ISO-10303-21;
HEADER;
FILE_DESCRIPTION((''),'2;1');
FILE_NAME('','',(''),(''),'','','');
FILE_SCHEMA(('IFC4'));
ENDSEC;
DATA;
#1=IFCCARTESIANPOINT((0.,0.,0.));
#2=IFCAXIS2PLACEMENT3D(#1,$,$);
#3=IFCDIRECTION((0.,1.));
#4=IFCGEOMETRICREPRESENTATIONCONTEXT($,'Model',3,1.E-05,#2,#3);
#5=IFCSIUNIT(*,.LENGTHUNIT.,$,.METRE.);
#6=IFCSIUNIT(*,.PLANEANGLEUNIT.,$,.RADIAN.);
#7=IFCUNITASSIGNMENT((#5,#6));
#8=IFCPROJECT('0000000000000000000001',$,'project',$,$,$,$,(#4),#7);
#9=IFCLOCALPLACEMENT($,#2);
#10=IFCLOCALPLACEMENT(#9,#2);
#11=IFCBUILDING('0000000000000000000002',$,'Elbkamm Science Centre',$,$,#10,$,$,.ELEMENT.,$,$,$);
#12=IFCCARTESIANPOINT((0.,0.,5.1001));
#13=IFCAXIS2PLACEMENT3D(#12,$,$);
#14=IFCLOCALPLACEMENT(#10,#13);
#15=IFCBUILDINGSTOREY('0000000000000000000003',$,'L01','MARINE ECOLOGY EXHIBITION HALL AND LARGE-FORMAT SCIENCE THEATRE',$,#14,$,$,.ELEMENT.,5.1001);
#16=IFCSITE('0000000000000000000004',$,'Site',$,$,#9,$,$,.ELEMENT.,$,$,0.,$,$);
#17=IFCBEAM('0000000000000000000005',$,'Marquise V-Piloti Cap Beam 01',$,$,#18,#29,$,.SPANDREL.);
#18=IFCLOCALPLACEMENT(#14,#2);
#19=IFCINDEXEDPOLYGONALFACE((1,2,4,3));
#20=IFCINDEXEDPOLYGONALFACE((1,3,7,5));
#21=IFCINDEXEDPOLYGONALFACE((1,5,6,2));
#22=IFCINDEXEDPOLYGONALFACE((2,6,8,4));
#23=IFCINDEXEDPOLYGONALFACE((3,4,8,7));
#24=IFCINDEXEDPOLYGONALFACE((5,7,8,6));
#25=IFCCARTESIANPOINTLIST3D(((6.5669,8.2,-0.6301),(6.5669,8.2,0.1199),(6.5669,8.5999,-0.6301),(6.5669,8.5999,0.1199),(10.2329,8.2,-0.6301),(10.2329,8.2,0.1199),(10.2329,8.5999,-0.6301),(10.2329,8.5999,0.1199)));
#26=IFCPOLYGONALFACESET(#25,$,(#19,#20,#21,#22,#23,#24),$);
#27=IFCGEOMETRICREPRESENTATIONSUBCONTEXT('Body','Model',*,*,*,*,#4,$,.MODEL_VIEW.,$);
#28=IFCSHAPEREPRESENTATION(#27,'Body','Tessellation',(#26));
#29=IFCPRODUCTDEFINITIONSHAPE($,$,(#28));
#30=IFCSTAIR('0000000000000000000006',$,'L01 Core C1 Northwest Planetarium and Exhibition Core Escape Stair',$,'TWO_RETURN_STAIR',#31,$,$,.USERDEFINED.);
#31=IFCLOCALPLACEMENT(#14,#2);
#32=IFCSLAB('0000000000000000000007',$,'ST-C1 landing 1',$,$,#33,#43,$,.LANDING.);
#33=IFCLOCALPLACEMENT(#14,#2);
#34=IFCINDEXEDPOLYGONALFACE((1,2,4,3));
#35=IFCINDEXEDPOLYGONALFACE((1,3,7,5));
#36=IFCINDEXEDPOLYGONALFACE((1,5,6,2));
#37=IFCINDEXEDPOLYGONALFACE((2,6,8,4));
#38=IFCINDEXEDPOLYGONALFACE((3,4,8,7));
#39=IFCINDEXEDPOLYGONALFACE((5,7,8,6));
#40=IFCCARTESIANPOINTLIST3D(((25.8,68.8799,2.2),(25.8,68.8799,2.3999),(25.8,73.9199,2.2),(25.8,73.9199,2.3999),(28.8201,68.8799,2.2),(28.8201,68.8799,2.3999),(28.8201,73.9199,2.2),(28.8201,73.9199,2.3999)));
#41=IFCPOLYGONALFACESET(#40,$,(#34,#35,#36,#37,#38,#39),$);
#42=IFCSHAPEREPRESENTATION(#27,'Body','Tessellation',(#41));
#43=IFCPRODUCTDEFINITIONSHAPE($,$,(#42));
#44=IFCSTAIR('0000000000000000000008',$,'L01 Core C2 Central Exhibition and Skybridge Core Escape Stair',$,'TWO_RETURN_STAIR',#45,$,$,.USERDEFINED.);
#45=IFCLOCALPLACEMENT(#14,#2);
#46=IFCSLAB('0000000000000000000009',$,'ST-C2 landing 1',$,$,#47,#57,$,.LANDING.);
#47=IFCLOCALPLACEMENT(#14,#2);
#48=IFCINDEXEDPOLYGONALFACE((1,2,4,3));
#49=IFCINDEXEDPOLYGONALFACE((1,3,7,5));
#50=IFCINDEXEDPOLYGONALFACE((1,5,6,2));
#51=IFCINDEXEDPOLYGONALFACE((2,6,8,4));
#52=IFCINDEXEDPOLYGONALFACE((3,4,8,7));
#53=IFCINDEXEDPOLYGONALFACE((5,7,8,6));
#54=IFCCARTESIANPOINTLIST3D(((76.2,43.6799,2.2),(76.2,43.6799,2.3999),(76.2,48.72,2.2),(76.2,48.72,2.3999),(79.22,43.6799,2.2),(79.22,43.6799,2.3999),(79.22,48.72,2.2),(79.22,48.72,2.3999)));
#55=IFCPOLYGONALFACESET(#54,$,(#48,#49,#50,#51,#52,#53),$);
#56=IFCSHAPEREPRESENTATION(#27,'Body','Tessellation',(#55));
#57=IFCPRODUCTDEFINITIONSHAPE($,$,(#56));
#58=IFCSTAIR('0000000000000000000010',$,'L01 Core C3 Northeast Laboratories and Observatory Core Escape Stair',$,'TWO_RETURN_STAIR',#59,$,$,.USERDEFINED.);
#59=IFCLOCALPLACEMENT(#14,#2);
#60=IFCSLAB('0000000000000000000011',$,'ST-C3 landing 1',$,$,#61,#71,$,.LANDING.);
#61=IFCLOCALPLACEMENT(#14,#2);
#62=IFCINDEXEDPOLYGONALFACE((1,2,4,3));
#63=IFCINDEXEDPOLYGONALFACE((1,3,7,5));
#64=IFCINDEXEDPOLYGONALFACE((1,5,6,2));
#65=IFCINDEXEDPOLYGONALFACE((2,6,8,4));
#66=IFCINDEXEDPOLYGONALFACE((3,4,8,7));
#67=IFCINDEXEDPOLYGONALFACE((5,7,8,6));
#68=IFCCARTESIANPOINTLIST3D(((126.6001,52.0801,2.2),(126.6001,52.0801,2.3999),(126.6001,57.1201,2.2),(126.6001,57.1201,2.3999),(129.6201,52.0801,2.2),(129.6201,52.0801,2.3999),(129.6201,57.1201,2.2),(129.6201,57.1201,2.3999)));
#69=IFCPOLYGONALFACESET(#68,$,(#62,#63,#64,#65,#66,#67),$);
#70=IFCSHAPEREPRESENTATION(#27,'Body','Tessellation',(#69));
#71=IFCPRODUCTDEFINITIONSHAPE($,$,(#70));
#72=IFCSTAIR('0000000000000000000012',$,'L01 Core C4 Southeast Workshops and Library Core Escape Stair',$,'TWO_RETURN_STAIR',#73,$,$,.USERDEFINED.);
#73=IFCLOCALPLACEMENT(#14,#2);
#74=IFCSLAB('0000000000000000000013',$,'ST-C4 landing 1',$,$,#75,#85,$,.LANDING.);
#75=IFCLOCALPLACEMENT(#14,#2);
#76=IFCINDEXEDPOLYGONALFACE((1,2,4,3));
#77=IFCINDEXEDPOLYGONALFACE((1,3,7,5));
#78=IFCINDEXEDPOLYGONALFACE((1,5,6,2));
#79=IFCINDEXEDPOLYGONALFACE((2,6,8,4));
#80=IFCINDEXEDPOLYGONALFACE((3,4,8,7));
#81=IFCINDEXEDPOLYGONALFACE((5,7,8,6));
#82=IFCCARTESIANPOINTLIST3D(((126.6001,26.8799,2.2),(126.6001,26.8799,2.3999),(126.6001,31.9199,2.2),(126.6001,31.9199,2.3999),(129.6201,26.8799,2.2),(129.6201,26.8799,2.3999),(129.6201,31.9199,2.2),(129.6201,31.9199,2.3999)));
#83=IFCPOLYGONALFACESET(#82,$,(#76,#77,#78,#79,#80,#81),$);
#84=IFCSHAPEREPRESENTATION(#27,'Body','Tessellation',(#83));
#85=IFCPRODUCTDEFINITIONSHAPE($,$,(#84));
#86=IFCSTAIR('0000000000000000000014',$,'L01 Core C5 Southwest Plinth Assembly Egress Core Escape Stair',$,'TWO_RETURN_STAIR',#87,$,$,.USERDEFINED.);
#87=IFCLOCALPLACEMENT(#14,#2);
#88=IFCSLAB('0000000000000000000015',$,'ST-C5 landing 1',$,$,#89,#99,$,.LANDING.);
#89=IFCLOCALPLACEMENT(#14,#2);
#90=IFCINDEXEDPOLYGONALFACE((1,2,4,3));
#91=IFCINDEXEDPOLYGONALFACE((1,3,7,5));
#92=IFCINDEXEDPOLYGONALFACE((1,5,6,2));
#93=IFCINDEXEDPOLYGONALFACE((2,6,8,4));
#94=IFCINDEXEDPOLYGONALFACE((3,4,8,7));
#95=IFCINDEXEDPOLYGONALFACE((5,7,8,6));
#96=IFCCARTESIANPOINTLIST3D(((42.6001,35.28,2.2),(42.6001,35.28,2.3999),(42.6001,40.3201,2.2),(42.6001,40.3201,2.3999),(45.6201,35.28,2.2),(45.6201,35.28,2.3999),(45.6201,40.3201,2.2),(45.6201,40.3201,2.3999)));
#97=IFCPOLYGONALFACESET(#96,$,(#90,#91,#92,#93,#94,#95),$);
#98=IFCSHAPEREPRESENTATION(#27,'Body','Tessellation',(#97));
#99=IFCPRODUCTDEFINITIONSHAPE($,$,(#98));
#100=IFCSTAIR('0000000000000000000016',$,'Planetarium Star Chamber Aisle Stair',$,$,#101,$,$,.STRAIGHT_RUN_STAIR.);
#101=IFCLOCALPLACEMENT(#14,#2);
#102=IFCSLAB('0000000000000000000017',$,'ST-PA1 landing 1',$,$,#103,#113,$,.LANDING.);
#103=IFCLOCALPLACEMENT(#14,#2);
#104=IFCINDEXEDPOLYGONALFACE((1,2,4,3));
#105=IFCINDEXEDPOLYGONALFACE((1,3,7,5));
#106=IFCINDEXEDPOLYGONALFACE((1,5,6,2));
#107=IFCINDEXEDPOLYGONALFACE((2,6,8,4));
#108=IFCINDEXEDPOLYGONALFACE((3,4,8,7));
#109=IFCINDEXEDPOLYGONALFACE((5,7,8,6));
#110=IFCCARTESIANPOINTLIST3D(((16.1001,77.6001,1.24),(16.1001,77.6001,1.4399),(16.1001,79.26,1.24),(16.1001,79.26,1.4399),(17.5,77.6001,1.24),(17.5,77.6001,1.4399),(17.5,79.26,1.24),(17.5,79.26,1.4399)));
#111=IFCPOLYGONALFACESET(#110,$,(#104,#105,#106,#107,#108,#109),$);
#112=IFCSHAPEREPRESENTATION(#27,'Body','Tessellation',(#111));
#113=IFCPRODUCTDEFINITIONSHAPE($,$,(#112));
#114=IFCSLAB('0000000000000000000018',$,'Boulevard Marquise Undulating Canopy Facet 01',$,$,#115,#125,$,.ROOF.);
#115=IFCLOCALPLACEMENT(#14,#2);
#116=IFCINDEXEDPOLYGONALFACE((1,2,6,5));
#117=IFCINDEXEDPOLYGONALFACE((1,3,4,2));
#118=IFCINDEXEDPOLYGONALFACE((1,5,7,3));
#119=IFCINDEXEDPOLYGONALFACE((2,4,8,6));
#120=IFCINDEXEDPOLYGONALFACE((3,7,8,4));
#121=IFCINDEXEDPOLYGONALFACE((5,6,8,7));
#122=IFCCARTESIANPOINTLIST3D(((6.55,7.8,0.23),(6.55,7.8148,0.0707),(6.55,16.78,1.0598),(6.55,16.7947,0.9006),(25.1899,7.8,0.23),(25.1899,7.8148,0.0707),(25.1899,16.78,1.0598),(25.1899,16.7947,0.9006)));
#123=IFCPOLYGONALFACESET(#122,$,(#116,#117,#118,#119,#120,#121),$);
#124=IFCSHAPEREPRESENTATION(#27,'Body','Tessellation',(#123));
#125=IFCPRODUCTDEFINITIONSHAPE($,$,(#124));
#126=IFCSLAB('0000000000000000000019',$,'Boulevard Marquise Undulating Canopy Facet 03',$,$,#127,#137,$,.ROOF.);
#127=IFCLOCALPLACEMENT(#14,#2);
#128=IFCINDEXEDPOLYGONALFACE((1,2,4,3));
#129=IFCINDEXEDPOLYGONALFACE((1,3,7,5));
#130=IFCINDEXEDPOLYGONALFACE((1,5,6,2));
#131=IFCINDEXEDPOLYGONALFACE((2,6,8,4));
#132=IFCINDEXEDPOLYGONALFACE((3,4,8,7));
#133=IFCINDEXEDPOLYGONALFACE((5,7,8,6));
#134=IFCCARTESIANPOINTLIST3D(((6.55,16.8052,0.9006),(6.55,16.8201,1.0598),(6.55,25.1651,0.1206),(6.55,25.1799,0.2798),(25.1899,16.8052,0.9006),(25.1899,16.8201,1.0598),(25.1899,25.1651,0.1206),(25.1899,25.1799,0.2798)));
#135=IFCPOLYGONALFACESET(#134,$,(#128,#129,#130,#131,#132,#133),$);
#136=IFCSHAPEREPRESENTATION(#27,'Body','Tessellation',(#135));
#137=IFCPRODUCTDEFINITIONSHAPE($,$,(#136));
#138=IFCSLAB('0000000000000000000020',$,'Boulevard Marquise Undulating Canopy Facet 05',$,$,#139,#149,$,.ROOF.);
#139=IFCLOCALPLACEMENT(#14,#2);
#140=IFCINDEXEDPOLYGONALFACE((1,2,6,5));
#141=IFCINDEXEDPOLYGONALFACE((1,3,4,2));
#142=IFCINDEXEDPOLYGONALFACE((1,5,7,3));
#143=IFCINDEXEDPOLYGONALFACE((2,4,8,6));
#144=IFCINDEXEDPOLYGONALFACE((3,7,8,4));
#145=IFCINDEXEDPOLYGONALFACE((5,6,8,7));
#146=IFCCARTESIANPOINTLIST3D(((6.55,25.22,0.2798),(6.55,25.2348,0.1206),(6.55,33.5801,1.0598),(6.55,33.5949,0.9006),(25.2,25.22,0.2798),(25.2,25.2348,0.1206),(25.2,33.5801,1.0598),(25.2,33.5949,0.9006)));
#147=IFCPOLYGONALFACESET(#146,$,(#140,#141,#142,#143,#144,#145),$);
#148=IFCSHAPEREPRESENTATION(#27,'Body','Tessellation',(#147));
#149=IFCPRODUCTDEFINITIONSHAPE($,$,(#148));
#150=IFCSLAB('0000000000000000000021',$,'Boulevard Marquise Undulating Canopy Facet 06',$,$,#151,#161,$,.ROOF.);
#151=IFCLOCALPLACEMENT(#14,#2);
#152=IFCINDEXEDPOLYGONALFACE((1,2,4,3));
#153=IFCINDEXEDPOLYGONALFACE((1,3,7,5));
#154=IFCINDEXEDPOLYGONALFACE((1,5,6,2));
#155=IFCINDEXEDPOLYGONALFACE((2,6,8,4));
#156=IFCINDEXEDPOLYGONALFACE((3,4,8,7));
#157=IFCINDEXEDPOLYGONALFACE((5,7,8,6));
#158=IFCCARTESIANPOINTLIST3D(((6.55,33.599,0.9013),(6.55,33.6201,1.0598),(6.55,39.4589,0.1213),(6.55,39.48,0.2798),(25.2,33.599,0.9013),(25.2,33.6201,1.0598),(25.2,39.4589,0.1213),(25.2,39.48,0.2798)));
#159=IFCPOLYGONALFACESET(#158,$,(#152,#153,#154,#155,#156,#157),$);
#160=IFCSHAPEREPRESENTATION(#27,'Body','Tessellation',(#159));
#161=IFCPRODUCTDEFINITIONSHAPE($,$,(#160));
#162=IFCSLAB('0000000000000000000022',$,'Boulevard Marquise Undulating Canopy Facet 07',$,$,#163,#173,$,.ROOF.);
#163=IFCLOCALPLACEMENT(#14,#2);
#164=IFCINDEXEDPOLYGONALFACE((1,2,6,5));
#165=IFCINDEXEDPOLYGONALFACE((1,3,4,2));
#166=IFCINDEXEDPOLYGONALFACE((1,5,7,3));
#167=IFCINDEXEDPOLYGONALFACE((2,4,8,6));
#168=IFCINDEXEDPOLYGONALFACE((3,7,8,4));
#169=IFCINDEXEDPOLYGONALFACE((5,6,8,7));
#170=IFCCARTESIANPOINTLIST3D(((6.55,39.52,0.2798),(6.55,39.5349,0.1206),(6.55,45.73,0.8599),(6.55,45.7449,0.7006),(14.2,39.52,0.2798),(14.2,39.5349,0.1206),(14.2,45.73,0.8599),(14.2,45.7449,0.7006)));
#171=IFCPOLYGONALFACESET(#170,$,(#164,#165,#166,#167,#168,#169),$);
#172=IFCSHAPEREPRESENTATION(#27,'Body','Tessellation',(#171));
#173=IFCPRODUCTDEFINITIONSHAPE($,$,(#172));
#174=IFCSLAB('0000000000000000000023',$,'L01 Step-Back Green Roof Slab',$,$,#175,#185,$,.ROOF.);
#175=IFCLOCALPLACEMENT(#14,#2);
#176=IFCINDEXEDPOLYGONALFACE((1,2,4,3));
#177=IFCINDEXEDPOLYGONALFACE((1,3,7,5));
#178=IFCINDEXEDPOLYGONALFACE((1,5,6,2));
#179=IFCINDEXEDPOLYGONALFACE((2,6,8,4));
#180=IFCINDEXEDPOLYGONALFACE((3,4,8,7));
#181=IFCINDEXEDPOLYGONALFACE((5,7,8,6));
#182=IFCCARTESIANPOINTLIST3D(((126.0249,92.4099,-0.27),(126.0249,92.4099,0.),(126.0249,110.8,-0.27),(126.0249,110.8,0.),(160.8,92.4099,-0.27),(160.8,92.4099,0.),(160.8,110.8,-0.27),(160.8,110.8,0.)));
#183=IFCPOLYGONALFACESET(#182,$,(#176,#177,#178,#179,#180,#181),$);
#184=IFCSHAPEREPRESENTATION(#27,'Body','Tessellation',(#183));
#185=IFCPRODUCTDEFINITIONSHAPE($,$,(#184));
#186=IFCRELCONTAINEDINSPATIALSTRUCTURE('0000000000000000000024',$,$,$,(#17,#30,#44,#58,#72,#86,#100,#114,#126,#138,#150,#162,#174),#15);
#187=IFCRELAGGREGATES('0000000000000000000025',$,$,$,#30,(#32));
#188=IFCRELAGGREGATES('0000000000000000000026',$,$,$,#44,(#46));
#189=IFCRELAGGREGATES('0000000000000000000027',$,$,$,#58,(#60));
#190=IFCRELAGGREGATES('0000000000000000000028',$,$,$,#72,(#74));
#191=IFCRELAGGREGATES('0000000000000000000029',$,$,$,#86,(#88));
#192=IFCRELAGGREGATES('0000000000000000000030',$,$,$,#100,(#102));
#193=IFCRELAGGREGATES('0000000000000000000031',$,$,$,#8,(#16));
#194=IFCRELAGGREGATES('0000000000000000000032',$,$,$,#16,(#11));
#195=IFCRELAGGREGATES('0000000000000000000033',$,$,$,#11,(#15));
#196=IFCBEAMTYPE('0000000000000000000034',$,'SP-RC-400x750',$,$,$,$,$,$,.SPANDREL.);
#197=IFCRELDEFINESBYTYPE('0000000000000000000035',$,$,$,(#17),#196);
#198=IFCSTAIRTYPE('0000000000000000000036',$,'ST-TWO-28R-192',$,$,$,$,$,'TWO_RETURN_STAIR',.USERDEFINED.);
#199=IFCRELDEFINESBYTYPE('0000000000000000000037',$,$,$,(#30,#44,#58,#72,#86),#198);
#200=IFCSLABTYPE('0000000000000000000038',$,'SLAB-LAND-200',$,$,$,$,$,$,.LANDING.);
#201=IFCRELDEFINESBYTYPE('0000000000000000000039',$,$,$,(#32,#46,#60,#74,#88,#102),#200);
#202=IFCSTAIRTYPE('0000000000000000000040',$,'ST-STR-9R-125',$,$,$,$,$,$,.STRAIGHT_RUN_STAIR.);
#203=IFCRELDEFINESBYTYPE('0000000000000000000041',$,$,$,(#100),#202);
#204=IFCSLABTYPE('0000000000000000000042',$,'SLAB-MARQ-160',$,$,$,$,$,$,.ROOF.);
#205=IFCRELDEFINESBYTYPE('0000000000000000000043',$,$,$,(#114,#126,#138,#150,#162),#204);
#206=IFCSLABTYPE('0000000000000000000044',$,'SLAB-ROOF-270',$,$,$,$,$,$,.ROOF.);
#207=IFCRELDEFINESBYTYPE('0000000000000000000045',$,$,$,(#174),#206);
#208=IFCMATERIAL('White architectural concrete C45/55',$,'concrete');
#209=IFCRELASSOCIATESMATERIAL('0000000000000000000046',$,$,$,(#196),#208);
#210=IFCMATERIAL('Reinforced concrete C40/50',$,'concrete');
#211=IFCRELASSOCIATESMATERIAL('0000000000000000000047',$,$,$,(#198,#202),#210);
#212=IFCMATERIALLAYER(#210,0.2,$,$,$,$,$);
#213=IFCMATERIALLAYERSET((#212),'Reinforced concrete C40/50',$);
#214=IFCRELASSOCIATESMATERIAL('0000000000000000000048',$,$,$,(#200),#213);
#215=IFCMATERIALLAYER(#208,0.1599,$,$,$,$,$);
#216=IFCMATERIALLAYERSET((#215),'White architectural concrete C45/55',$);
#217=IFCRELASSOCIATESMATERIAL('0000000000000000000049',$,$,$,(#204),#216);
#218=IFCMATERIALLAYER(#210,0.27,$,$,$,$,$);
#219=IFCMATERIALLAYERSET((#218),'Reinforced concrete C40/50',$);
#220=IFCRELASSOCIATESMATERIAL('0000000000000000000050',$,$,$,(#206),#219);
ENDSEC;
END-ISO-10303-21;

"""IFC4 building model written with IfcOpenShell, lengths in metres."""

from ifc_helpers import new_model, si_unit, direction, frame, origin, origin_2d, place, context, subcontext, project, spatial, polyline, rectangle, outline, extrude, material, layer, layer_set, material_profile, profile_set, type_object, element, aggregate, save


model = new_model("IFC4")

# Units and contexts
model_context = context("Model", 3, precision=1e-05, world=origin(), true_north=direction((0.0, 1.0)))
body_context = subcontext(model_context, "Body", "Model", "MODEL_VIEW")
ifc_project = project(units=[si_unit("LENGTHUNIT", "METRE"), si_unit("PLANEANGLEUNIT", "RADIAN")], contexts=[model_context])

# Site, building, storey
site_placement = place(None, origin())
site = spatial("IfcSite", under=ifc_project, at=site_placement, Name="Site", CompositionType="ELEMENT", RefElevation=0.0)
building_placement = place(site_placement, origin())
building = spatial("IfcBuilding", under=site, at=building_placement, Name="Elbkamm Science Centre", CompositionType="ELEMENT")
storey_placement = place(building_placement, frame((0.0, 0.0, 5.1001)))
storey = spatial("IfcBuildingStorey", under=building, at=storey_placement, Name="L01", Description="MARINE ECOLOGY EXHIBITION HALL AND LARGE-FORMAT SCIENCE THEATRE", CompositionType="ELEMENT", Elevation=5.1001)

# Beam
ifc_material_1 = material(Name="White architectural concrete C45/55", Category="concrete")
ifc_material_profile = material_profile(ifc_material_1, rectangle(XDim=0.3999, YDim=0.75, at=origin_2d()), Name="RC 400x750")
ifc_profile_set = profile_set([ifc_material_profile], Name="White architectural concrete C45/55")
beam_type = type_object("IfcBeamType", Name="SP-RC-400x750", PredefinedType="SPANDREL", material=ifc_profile_set)
beam_placement = place(storey_placement, frame((6.5669, 8.3999, -0.2551), z_axis=(1.0, 0.0, 0.0), x_axis=(0.0, 1.0, 0.0)))
element("IfcBeam", 1, at=beam_placement, inside=storey, type_object=beam_type, Name="Marquise V-Piloti Cap Beam 01", PredefinedType="SPANDREL", context=body_context, shape_type="SweptSolid", body=[
    extrude(rectangle(XDim=0.3999, YDim=0.75, at=origin_2d()), origin(), (0.0, 0.0, 1.0), 3.666),
])

# Stairs, slabs
ifc_material_2 = material(Name="Reinforced concrete C40/50", Category="concrete")
stair_type_1 = type_object("IfcStairType", Name="ST-TWO-28R-192", ElementType="TWO_RETURN_STAIR", PredefinedType="USERDEFINED", material=ifc_material_2)
stair_1_placement = place(storey_placement, origin())
stair_1 = element("IfcStair", 2, at=stair_1_placement, inside=storey, type_object=stair_type_1, Name="L01 Core C1 Northwest Planetarium and Exhibition Core Escape Stair", ObjectType="TWO_RETURN_STAIR", PredefinedType="USERDEFINED")
ifc_layer_1 = layer(ifc_material_2, 0.2)
ifc_layer_set_1 = layer_set([ifc_layer_1], Name="Reinforced concrete C40/50")
slab_type_1 = type_object("IfcSlabType", Name="SLAB-LAND-200", PredefinedType="LANDING", material=ifc_layer_set_1)
slab_1_placement = place(storey_placement, frame((0.0, 0.0, 2.2)))
slab_1 = element("IfcSlab", 3, at=slab_1_placement, type_object=slab_type_1, Name="ST-C1 landing 1", PredefinedType="LANDING", context=body_context, shape_type="SweptSolid", body=[
    extrude(outline(polyline([(28.8201, 73.9199), (25.8, 73.9199), (25.8, 68.8799), (28.8201, 68.8799), (28.8201, 73.9199)])), origin(), (0.0, 0.0, 1.0), 0.2),
])
aggregate(stair_1, [slab_1])
stair_2_placement = place(storey_placement, origin())
stair_2 = element("IfcStair", 4, at=stair_2_placement, inside=storey, type_object=stair_type_1, Name="L01 Core C2 Central Exhibition and Skybridge Core Escape Stair", ObjectType="TWO_RETURN_STAIR", PredefinedType="USERDEFINED")
slab_2_placement = place(storey_placement, frame((0.0, 0.0, 2.2)))
slab_2 = element("IfcSlab", 5, at=slab_2_placement, type_object=slab_type_1, Name="ST-C2 landing 1", PredefinedType="LANDING", context=body_context, shape_type="SweptSolid", body=[
    extrude(outline(polyline([(79.22, 48.72), (76.2, 48.72), (76.2, 43.6799), (79.22, 43.6799), (79.22, 48.72)])), origin(), (0.0, 0.0, 1.0), 0.2),
])
aggregate(stair_2, [slab_2])
stair_3_placement = place(storey_placement, origin())
stair_3 = element("IfcStair", 6, at=stair_3_placement, inside=storey, type_object=stair_type_1, Name="L01 Core C3 Northeast Laboratories and Observatory Core Escape Stair", ObjectType="TWO_RETURN_STAIR", PredefinedType="USERDEFINED")
slab_3_placement = place(storey_placement, frame((0.0, 0.0, 2.2)))
slab_3 = element("IfcSlab", 7, at=slab_3_placement, type_object=slab_type_1, Name="ST-C3 landing 1", PredefinedType="LANDING", context=body_context, shape_type="SweptSolid", body=[
    extrude(outline(polyline([(129.6201, 57.1201), (126.6001, 57.1201), (126.6001, 52.0801), (129.6201, 52.0801), (129.6201, 57.1201)])), origin(), (0.0, 0.0, 1.0), 0.2),
])
aggregate(stair_3, [slab_3])
stair_4_placement = place(storey_placement, origin())
stair_4 = element("IfcStair", 8, at=stair_4_placement, inside=storey, type_object=stair_type_1, Name="L01 Core C4 Southeast Workshops and Library Core Escape Stair", ObjectType="TWO_RETURN_STAIR", PredefinedType="USERDEFINED")
slab_4_placement = place(storey_placement, frame((0.0, 0.0, 2.2)))
slab_4 = element("IfcSlab", 9, at=slab_4_placement, type_object=slab_type_1, Name="ST-C4 landing 1", PredefinedType="LANDING", context=body_context, shape_type="SweptSolid", body=[
    extrude(outline(polyline([(129.6201, 31.9199), (126.6001, 31.9199), (126.6001, 26.8799), (129.6201, 26.8799), (129.6201, 31.9199)])), origin(), (0.0, 0.0, 1.0), 0.2),
])
aggregate(stair_4, [slab_4])
stair_5_placement = place(storey_placement, origin())
stair_5 = element("IfcStair", 10, at=stair_5_placement, inside=storey, type_object=stair_type_1, Name="L01 Core C5 Southwest Plinth Assembly Egress Core Escape Stair", ObjectType="TWO_RETURN_STAIR", PredefinedType="USERDEFINED")
slab_5_placement = place(storey_placement, frame((0.0, 0.0, 2.2)))
slab_5 = element("IfcSlab", 11, at=slab_5_placement, type_object=slab_type_1, Name="ST-C5 landing 1", PredefinedType="LANDING", context=body_context, shape_type="SweptSolid", body=[
    extrude(outline(polyline([(45.6201, 40.3201), (42.6001, 40.3201), (42.6001, 35.28), (45.6201, 35.28), (45.6201, 40.3201)])), origin(), (0.0, 0.0, 1.0), 0.2),
])
aggregate(stair_5, [slab_5])
stair_type_2 = type_object("IfcStairType", Name="ST-STR-9R-125", PredefinedType="STRAIGHT_RUN_STAIR", material=ifc_material_2)
stair_6_placement = place(storey_placement, origin())
stair_6 = element("IfcStair", 12, at=stair_6_placement, inside=storey, type_object=stair_type_2, Name="Planetarium Star Chamber Aisle Stair", PredefinedType="STRAIGHT_RUN_STAIR")
slab_6_placement = place(storey_placement, frame((0.0, 0.0, 1.24)))
slab_6 = element("IfcSlab", 13, at=slab_6_placement, type_object=slab_type_1, Name="ST-PA1 landing 1", PredefinedType="LANDING", context=body_context, shape_type="SweptSolid", body=[
    extrude(outline(polyline([(16.1001, 77.6001), (17.5, 77.6001), (17.5, 79.26), (16.1001, 79.26), (16.1001, 77.6001)])), origin(), (0.0, 0.0, 1.0), 0.2),
])
aggregate(stair_6, [slab_6])

# Slabs
ifc_layer_2 = layer(ifc_material_1, 0.1599)
ifc_layer_set_2 = layer_set([ifc_layer_2], Name="White architectural concrete C45/55")
slab_type_2 = type_object("IfcSlabType", Name="SLAB-MARQ-160", PredefinedType="ROOF", material=ifc_layer_set_2)
slab_7_placement = place(storey_placement, frame((6.55, 7.8, 0.23), z_axis=(0.0, -0.092017, 0.995757), x_axis=(1.0, 0.0, 0.0)))
element("IfcSlab", 14, at=slab_7_placement, inside=storey, type_object=slab_type_2, Name="Boulevard Marquise Undulating Canopy Facet 01", PredefinedType="ROOF", context=body_context, shape_type="SweptSolid", body=[
    extrude(outline(polyline([(0.0, 0.0), (18.6399, 0.0), (18.6399, 9.0182), (0.0, 9.0182), (0.0, 0.0)])), origin(), (0.0, 0.0, -1.0), 0.1599),
])
slab_8_placement = place(storey_placement, frame((6.55, 16.8201, 1.0598), z_axis=(0.0, 0.092903, 0.995675), x_axis=(1.0, 0.0, 0.0)))
element("IfcSlab", 15, at=slab_8_placement, inside=storey, type_object=slab_type_2, Name="Boulevard Marquise Undulating Canopy Facet 03", PredefinedType="ROOF", context=body_context, shape_type="SweptSolid", body=[
    extrude(outline(polyline([(0.0, 0.0), (18.6399, 0.0), (18.6399, 8.3962), (0.0, 8.3962), (0.0, 0.0)])), origin(), (0.0, 0.0, -1.0), 0.1599),
])
slab_9_placement = place(storey_placement, frame((6.55, 25.22, 0.2798), z_axis=(0.0, -0.0929, 0.995675), x_axis=(1.0, 0.0, 0.0)))
element("IfcSlab", 16, at=slab_9_placement, inside=storey, type_object=slab_type_2, Name="Boulevard Marquise Undulating Canopy Facet 05", PredefinedType="ROOF", context=body_context, shape_type="SweptSolid", body=[
    extrude(outline(polyline([(0.0, 0.0), (18.6499, 0.0), (18.6499, 8.3964), (0.0, 8.3964), (0.0, 0.0)])), origin(), (0.0, 0.0, -1.0), 0.1599),
])
slab_10_placement = place(storey_placement, frame((6.55, 33.6201, 1.0598), z_axis=(0.0, 0.13195, 0.991256), x_axis=(1.0, 0.0, 0.0)))
element("IfcSlab", 17, at=slab_10_placement, inside=storey, type_object=slab_type_2, Name="Boulevard Marquise Undulating Canopy Facet 06", PredefinedType="ROOF", context=body_context, shape_type="SweptSolid", body=[
    extrude(outline(polyline([(0.0, 0.0), (18.6499, 0.0), (18.6499, 5.9116), (0.0, 5.9116), (0.0, 0.0)])), origin(), (0.0, 0.0, -1.0), 0.1599),
])
slab_11_placement = place(storey_placement, frame((6.55, 39.52, 0.2798), z_axis=(0.0, -0.093006, 0.995666), x_axis=(1.0, 0.0, 0.0)))
element("IfcSlab", 18, at=slab_11_placement, inside=storey, type_object=slab_type_2, Name="Boulevard Marquise Undulating Canopy Facet 07", PredefinedType="ROOF", context=body_context, shape_type="SweptSolid", body=[
    extrude(outline(polyline([(0.0, 0.0), (7.6499, 0.0), (7.6499, 6.237), (0.0, 6.237), (0.0, 0.0)])), origin(), (0.0, 0.0, -1.0), 0.1599),
])
ifc_layer_3 = layer(ifc_material_2, 0.27)
ifc_layer_set_3 = layer_set([ifc_layer_3], Name="Reinforced concrete C40/50")
slab_type_3 = type_object("IfcSlabType", Name="SLAB-ROOF-270", PredefinedType="ROOF", material=ifc_layer_set_3)
slab_12_placement = place(storey_placement, frame((0.0, 0.0, -0.27)))
element("IfcSlab", 19, at=slab_12_placement, inside=storey, type_object=slab_type_3, Name="L01 Step-Back Green Roof Slab", PredefinedType="ROOF", context=body_context, shape_type="SweptSolid", body=[
    extrude(outline(polyline([(160.8, 110.8), (160.8, 92.4099), (126.0249, 92.4099), (126.0249, 110.8), (160.8, 110.8)])), origin(), (0.0, 0.0, 1.0), 0.27),
])

save(model, "model.ifc")
